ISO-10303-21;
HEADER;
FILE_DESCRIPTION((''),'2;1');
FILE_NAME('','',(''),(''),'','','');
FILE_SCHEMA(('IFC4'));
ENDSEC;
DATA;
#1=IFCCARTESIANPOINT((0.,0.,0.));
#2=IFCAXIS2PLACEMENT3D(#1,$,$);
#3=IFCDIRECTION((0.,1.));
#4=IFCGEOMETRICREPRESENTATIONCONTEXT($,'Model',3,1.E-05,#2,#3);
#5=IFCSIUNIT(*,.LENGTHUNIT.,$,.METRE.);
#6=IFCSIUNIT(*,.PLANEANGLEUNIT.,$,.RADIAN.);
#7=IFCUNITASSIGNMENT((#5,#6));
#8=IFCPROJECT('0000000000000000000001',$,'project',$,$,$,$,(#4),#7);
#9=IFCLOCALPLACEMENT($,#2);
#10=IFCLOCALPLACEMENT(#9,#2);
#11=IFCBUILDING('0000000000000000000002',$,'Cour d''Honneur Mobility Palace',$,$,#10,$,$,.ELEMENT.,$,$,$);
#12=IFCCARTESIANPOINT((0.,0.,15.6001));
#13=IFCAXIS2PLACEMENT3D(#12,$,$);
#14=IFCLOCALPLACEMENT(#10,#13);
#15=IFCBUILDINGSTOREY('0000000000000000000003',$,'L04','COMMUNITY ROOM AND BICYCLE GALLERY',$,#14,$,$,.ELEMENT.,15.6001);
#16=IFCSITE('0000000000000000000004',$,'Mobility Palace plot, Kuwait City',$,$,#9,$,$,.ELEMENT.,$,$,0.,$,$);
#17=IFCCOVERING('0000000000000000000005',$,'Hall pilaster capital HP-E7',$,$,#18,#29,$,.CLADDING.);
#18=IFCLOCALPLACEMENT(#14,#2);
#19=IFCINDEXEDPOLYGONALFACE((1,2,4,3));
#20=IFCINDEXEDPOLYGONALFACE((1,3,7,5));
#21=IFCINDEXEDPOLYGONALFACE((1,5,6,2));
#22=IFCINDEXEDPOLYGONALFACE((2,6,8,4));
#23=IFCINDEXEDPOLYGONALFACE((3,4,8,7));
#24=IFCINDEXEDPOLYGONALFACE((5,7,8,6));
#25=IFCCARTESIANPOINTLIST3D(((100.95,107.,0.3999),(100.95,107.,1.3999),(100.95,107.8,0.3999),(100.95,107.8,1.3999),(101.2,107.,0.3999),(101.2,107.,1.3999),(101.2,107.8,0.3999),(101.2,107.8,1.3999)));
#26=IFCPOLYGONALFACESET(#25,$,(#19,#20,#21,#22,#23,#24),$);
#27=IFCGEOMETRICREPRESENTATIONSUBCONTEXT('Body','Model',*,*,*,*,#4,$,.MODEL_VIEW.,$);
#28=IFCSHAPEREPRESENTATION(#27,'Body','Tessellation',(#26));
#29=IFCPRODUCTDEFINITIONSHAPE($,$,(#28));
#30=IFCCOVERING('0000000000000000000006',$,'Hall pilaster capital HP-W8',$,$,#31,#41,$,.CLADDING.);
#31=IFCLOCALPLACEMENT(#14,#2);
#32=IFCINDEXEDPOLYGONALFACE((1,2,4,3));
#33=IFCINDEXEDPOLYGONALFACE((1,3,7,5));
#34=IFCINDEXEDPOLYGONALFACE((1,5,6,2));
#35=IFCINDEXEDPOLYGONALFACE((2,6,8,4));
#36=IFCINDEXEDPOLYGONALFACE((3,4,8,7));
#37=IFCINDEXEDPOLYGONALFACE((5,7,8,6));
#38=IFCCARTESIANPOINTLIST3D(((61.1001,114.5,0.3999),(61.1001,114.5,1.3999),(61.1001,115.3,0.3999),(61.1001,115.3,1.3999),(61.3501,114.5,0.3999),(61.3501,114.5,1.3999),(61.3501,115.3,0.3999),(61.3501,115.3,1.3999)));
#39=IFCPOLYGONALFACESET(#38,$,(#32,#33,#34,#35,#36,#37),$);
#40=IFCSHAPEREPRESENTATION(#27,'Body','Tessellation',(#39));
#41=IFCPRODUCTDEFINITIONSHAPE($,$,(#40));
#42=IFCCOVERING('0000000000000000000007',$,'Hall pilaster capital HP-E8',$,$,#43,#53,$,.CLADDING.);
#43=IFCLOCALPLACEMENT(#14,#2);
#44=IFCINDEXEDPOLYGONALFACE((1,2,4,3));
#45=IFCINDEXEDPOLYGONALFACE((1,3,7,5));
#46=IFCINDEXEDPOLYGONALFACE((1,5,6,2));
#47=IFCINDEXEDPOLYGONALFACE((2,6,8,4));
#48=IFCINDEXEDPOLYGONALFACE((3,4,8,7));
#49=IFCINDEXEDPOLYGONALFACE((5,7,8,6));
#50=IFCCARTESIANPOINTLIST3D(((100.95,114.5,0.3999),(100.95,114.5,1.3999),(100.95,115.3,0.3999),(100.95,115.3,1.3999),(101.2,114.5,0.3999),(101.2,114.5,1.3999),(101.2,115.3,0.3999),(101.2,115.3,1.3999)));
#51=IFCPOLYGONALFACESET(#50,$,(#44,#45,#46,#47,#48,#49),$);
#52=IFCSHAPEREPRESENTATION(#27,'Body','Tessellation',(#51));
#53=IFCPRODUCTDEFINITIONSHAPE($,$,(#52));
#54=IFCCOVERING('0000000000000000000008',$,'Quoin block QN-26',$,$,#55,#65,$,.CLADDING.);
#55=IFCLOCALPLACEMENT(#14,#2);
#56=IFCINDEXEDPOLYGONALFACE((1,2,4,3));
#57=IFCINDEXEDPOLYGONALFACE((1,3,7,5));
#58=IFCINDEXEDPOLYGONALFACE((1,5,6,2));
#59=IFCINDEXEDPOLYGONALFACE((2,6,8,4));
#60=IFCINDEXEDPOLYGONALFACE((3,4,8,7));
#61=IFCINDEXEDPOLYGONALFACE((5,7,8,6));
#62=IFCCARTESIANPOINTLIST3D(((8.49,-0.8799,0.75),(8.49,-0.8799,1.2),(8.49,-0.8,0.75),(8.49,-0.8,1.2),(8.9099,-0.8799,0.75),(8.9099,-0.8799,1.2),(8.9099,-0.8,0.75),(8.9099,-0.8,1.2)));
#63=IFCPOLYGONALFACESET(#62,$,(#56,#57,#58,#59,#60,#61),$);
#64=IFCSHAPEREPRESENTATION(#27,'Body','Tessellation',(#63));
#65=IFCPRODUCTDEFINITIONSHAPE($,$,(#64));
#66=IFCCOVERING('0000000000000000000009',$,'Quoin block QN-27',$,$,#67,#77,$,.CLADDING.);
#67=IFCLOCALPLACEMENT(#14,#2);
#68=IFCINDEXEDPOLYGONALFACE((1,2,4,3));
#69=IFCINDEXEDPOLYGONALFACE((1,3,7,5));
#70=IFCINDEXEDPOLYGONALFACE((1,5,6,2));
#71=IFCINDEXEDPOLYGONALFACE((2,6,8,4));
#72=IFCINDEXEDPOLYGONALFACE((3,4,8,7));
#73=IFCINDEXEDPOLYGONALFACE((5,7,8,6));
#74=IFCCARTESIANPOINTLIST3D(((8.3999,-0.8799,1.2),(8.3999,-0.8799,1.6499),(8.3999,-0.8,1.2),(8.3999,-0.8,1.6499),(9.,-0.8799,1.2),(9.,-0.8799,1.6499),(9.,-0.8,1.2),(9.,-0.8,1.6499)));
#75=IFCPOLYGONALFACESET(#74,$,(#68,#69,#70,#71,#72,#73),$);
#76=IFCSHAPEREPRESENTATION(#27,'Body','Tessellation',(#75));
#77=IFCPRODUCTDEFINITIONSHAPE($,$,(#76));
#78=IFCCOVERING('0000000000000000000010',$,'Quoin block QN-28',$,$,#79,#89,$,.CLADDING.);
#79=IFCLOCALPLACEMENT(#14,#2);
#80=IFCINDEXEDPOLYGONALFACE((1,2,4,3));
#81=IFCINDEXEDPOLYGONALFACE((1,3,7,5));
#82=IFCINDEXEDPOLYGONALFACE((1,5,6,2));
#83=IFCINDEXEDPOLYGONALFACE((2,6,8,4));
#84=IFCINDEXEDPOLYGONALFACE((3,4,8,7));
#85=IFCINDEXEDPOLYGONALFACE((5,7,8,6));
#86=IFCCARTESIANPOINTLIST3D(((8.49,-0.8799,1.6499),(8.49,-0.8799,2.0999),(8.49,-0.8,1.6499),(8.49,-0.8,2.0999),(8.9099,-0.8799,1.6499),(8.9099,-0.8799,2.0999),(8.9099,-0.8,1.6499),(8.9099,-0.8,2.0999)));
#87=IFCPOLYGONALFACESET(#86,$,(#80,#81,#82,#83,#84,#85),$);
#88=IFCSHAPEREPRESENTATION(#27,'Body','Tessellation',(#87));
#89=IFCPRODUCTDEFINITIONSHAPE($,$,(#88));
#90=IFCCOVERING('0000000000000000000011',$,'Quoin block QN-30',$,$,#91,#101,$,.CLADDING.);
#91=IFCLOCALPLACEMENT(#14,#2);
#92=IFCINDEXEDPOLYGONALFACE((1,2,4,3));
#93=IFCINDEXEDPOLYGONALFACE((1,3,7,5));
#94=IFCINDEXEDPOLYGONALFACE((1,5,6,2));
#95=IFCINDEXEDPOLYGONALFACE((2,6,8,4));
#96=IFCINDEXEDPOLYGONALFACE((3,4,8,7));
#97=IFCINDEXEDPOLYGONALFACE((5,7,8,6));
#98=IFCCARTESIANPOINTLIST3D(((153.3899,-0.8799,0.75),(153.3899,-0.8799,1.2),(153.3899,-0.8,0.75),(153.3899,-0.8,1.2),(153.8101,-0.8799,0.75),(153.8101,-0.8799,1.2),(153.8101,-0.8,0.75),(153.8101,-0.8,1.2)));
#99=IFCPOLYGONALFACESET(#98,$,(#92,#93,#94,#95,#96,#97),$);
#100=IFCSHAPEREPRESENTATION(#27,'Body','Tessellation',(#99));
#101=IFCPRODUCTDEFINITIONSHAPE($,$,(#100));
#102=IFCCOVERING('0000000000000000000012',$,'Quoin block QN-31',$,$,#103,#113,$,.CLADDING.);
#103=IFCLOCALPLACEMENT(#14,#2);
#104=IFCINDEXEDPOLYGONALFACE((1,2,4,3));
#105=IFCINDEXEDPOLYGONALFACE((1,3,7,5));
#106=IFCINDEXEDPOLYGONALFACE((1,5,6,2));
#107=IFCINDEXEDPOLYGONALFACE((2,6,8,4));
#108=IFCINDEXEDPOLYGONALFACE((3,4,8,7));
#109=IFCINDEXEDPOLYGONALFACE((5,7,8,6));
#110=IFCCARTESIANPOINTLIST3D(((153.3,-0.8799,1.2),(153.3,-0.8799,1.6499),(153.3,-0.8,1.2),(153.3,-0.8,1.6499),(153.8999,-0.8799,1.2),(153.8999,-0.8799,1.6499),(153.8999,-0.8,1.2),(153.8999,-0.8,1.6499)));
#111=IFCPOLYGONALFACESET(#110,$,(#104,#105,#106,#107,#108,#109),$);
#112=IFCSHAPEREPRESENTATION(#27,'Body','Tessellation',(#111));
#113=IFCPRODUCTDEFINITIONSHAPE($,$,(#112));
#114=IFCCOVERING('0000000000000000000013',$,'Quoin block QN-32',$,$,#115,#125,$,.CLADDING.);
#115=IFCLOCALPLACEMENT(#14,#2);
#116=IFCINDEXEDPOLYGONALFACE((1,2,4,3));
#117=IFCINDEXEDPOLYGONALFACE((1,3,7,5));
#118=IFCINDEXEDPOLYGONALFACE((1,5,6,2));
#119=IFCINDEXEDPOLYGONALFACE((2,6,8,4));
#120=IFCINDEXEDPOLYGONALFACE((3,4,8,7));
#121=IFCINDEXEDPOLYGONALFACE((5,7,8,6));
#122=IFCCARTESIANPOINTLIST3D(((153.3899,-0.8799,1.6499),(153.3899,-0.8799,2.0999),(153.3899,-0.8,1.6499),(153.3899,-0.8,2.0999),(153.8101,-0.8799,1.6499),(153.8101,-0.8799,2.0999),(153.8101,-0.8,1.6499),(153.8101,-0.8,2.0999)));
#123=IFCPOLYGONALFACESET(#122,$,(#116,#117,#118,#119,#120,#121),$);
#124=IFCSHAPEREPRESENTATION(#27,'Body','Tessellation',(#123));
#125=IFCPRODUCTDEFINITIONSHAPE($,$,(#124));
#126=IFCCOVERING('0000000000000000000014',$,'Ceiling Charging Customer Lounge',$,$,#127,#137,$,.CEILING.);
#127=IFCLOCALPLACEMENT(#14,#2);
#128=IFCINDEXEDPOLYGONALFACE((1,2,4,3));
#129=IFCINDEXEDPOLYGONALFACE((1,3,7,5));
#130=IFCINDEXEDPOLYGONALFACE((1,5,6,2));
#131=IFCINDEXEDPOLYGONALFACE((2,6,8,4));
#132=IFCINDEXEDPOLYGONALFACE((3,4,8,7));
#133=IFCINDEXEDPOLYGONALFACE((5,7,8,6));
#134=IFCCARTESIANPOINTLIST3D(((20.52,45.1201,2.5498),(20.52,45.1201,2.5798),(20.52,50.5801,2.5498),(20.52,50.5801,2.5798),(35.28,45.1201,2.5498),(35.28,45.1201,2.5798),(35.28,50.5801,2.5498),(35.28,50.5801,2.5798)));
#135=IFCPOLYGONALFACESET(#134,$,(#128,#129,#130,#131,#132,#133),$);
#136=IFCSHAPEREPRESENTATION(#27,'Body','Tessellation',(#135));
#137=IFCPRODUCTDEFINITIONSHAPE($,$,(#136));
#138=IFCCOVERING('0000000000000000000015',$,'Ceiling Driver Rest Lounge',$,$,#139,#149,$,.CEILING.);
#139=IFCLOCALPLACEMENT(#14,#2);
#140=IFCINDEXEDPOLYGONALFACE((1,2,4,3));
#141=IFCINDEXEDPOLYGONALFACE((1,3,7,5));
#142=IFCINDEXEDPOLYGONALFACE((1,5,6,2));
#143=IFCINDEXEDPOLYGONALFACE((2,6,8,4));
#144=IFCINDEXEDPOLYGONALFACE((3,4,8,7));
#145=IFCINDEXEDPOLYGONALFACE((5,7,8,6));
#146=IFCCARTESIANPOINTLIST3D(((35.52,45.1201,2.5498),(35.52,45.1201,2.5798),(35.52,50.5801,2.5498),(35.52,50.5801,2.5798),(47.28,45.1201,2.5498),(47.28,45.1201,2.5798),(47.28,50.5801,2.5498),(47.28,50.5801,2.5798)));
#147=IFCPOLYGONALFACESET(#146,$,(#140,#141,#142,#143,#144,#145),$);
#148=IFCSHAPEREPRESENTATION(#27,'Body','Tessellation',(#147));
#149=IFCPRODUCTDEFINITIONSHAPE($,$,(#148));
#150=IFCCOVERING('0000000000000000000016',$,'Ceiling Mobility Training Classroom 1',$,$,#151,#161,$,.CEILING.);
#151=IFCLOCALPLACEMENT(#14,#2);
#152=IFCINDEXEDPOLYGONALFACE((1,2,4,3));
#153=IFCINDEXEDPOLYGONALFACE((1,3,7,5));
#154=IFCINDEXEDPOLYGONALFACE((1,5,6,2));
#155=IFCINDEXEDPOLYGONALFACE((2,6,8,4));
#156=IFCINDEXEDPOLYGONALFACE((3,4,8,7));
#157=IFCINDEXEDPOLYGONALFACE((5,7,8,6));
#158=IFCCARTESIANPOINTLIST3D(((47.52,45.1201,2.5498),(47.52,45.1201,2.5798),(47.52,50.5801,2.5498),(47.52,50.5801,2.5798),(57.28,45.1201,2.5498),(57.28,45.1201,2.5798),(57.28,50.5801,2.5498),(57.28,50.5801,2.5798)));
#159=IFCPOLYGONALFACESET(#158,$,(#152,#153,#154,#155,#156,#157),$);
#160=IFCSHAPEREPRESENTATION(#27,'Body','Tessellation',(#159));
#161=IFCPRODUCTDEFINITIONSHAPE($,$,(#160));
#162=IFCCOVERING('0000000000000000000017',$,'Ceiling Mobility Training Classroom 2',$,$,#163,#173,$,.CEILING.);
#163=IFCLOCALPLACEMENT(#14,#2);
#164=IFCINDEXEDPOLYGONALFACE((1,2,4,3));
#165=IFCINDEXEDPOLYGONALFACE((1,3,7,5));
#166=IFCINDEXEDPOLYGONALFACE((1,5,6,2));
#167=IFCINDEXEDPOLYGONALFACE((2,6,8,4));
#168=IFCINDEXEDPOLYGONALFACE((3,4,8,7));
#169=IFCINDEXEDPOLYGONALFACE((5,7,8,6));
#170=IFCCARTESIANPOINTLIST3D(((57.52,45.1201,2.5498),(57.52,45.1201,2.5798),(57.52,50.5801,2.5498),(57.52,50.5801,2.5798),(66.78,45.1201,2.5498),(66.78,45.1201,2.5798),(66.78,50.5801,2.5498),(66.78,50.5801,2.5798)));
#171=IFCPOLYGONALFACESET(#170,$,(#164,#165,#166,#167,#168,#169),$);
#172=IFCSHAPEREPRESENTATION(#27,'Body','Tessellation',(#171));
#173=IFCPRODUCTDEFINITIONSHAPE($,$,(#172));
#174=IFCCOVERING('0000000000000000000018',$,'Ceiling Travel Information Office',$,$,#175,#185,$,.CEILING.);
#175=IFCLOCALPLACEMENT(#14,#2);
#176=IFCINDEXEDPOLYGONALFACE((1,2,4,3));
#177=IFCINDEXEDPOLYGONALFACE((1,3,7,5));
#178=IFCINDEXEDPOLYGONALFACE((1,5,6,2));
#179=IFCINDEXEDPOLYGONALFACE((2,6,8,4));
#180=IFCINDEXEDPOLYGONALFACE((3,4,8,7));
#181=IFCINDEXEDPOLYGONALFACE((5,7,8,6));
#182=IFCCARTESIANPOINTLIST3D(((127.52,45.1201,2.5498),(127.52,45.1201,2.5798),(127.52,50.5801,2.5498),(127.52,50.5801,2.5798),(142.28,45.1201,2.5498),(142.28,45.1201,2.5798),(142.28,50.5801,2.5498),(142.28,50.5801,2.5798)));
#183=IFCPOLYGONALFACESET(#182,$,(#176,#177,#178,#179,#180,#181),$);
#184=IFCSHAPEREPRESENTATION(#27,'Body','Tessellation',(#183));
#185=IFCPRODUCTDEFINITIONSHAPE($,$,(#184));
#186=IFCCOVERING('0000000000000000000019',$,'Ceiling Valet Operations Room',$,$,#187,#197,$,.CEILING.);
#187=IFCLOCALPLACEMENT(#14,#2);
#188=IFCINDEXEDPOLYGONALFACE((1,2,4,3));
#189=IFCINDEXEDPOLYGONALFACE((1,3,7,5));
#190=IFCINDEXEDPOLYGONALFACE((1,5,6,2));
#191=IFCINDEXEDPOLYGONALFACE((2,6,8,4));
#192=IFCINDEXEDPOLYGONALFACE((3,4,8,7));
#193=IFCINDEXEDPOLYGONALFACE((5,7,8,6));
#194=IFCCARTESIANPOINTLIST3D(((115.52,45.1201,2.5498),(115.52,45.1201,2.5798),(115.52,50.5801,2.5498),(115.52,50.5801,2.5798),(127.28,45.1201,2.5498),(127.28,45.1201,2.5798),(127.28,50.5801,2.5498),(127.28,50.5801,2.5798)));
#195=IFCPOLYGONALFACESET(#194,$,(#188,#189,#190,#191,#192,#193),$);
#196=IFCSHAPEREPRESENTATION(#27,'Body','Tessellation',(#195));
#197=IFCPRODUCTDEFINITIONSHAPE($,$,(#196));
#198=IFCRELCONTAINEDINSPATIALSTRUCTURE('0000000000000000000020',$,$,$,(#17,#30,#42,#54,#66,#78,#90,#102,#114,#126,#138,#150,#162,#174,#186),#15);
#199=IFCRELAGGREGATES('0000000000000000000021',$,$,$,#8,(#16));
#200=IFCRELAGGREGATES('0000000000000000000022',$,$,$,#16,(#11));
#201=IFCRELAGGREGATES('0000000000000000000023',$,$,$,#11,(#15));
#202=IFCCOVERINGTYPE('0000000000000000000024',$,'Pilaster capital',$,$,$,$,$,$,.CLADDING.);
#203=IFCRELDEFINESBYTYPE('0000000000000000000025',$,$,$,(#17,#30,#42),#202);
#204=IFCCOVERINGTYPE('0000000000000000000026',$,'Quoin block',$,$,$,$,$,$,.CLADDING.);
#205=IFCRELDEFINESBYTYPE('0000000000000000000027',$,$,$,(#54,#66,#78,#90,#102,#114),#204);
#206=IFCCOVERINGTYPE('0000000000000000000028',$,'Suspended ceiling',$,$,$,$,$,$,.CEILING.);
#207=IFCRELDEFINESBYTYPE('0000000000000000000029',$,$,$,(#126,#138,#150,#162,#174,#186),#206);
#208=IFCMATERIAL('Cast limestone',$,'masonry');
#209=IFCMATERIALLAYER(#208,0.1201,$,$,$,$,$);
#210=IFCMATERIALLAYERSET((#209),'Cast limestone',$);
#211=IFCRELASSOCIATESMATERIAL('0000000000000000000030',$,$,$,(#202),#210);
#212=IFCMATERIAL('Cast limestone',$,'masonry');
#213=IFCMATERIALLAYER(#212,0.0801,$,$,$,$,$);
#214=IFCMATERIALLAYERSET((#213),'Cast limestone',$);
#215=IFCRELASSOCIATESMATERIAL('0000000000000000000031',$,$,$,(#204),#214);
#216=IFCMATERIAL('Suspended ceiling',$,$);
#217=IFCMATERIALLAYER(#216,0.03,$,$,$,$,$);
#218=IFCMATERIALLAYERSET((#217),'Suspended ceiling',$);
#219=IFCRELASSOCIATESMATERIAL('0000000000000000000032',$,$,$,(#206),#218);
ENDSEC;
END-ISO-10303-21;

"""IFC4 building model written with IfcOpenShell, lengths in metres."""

from ifc_helpers import new_model, si_unit, direction, frame, origin, place, context, subcontext, project, spatial, polyline, outline, extrude, material, layer, layer_set, type_object, element, save


model = new_model("IFC4")

# Units and contexts
model_context = context("Model", 3, precision=1e-05, world=origin(), true_north=direction((0.0, 1.0)))
body_context = subcontext(model_context, "Body", "Model", "MODEL_VIEW")
ifc_project = project(units=[si_unit("LENGTHUNIT", "METRE"), si_unit("PLANEANGLEUNIT", "RADIAN")], contexts=[model_context])

# Site, building, storey
site_placement = place(None, origin())
site = spatial("IfcSite", under=ifc_project, at=site_placement, Name="Mobility Palace plot, Kuwait City", CompositionType="ELEMENT", RefElevation=0.0)
building_placement = place(site_placement, origin())
building = spatial("IfcBuilding", under=site, at=building_placement, Name="Cour d'Honneur Mobility Palace", CompositionType="ELEMENT")
storey_placement = place(building_placement, frame((0.0, 0.0, 15.6001)))
storey = spatial("IfcBuildingStorey", under=building, at=storey_placement, Name="L04", Description="COMMUNITY ROOM AND BICYCLE GALLERY", CompositionType="ELEMENT", Elevation=15.6001)

# Coverings
ifc_material_1 = material(Name="Cast limestone", Category="masonry")
ifc_layer_1 = layer(ifc_material_1, 0.1201)
ifc_layer_set_1 = layer_set([ifc_layer_1], Name="Cast limestone")
covering_type_1 = type_object("IfcCoveringType", Name="Pilaster capital", PredefinedType="CLADDING", material=ifc_layer_set_1)
covering_1_placement = place(storey_placement, frame((0.0, 0.0, 0.3999)))
element("IfcCovering", 1, at=covering_1_placement, inside=storey, type_object=covering_type_1, Name="Hall pilaster capital HP-E7", PredefinedType="CLADDING", context=body_context, shape_type="SweptSolid", body=[
    extrude(outline(polyline([(100.95, 107.0), (101.2, 107.0), (101.2, 107.8), (100.95, 107.8), (100.95, 107.0)])), origin(), (0.0, 0.0, 1.0), 1.0),
])
covering_2_placement = place(storey_placement, frame((0.0, 0.0, 0.3999)))
element("IfcCovering", 2, at=covering_2_placement, inside=storey, type_object=covering_type_1, Name="Hall pilaster capital HP-W8", PredefinedType="CLADDING", context=body_context, shape_type="SweptSolid", body=[
    extrude(outline(polyline([(61.1001, 114.5), (61.3501, 114.5), (61.3501, 115.3), (61.1001, 115.3), (61.1001, 114.5)])), origin(), (0.0, 0.0, 1.0), 1.0),
])
covering_3_placement = place(storey_placement, frame((0.0, 0.0, 0.3999)))
element("IfcCovering", 3, at=covering_3_placement, inside=storey, type_object=covering_type_1, Name="Hall pilaster capital HP-E8", PredefinedType="CLADDING", context=body_context, shape_type="SweptSolid", body=[
    extrude(outline(polyline([(100.95, 114.5), (101.2, 114.5), (101.2, 115.3), (100.95, 115.3), (100.95, 114.5)])), origin(), (0.0, 0.0, 1.0), 1.0),
])
ifc_material_2 = material(Name="Cast limestone", Category="masonry")
ifc_layer_2 = layer(ifc_material_2, 0.0801)
ifc_layer_set_2 = layer_set([ifc_layer_2], Name="Cast limestone")
covering_type_2 = type_object("IfcCoveringType", Name="Quoin block", PredefinedType="CLADDING", material=ifc_layer_set_2)
covering_4_placement = place(storey_placement, frame((0.0, 0.0, 0.75)))
element("IfcCovering", 4, at=covering_4_placement, inside=storey, type_object=covering_type_2, Name="Quoin block QN-26", PredefinedType="CLADDING", context=body_context, shape_type="SweptSolid", body=[
    extrude(outline(polyline([(8.49, -0.8), (8.9099, -0.8), (8.9099, -0.8799), (8.49, -0.8799), (8.49, -0.8)])), origin(), (0.0, 0.0, 1.0), 0.45),
])
covering_5_placement = place(storey_placement, frame((0.0, 0.0, 1.2)))
element("IfcCovering", 5, at=covering_5_placement, inside=storey, type_object=covering_type_2, Name="Quoin block QN-27", PredefinedType="CLADDING", context=body_context, shape_type="SweptSolid", body=[
    extrude(outline(polyline([(8.3999, -0.8), (9.0, -0.8), (9.0, -0.8799), (8.3999, -0.8799), (8.3999, -0.8)])), origin(), (0.0, 0.0, 1.0), 0.45),
])
covering_6_placement = place(storey_placement, frame((0.0, 0.0, 1.6499)))
element("IfcCovering", 6, at=covering_6_placement, inside=storey, type_object=covering_type_2, Name="Quoin block QN-28", PredefinedType="CLADDING", context=body_context, shape_type="SweptSolid", body=[
    extrude(outline(polyline([(8.49, -0.8), (8.9099, -0.8), (8.9099, -0.8799), (8.49, -0.8799), (8.49, -0.8)])), origin(), (0.0, 0.0, 1.0), 0.45),
])
covering_7_placement = place(storey_placement, frame((0.0, 0.0, 0.75)))
element("IfcCovering", 7, at=covering_7_placement, inside=storey, type_object=covering_type_2, Name="Quoin block QN-30", PredefinedType="CLADDING", context=body_context, shape_type="SweptSolid", body=[
    extrude(outline(polyline([(153.3899, -0.8), (153.8101, -0.8), (153.8101, -0.8799), (153.3899, -0.8799), (153.3899, -0.8)])), origin(), (0.0, 0.0, 1.0), 0.45),
])
covering_8_placement = place(storey_placement, frame((0.0, 0.0, 1.2)))
element("IfcCovering", 8, at=covering_8_placement, inside=storey, type_object=covering_type_2, Name="Quoin block QN-31", PredefinedType="CLADDING", context=body_context, shape_type="SweptSolid", body=[
    extrude(outline(polyline([(153.3, -0.8), (153.8999, -0.8), (153.8999, -0.8799), (153.3, -0.8799), (153.3, -0.8)])), origin(), (0.0, 0.0, 1.0), 0.45),
])
covering_9_placement = place(storey_placement, frame((0.0, 0.0, 1.6499)))
element("IfcCovering", 9, at=covering_9_placement, inside=storey, type_object=covering_type_2, Name="Quoin block QN-32", PredefinedType="CLADDING", context=body_context, shape_type="SweptSolid", body=[
    extrude(outline(polyline([(153.3899, -0.8), (153.8101, -0.8), (153.8101, -0.8799), (153.3899, -0.8799), (153.3899, -0.8)])), origin(), (0.0, 0.0, 1.0), 0.45),
])
ifc_material_3 = material(Name="Suspended ceiling")
ifc_layer_3 = layer(ifc_material_3, 0.03)
ifc_layer_set_3 = layer_set([ifc_layer_3], Name="Suspended ceiling")
covering_type_3 = type_object("IfcCoveringType", Name="Suspended ceiling", PredefinedType="CEILING", material=ifc_layer_set_3)
covering_10_placement = place(storey_placement, frame((0.0, 0.0, 2.5498)))
element("IfcCovering", 10, at=covering_10_placement, inside=storey, type_object=covering_type_3, Name="Ceiling Charging Customer Lounge", PredefinedType="CEILING", context=body_context, shape_type="SweptSolid", body=[
    extrude(outline(polyline([(35.28, 45.1201), (20.52, 45.1201), (20.52, 50.5801), (35.28, 50.5801), (35.28, 45.1201)])), origin(), (0.0, 0.0, 1.0), 0.03),
])
covering_11_placement = place(storey_placement, frame((0.0, 0.0, 2.5498)))
element("IfcCovering", 11, at=covering_11_placement, inside=storey, type_object=covering_type_3, Name="Ceiling Driver Rest Lounge", PredefinedType="CEILING", context=body_context, shape_type="SweptSolid", body=[
    extrude(outline(polyline([(47.28, 45.1201), (35.52, 45.1201), (35.52, 50.5801), (47.28, 50.5801), (47.28, 45.1201)])), origin(), (0.0, 0.0, 1.0), 0.03),
])
covering_12_placement = place(storey_placement, frame((0.0, 0.0, 2.5498)))
element("IfcCovering", 12, at=covering_12_placement, inside=storey, type_object=covering_type_3, Name="Ceiling Mobility Training Classroom 1", PredefinedType="CEILING", context=body_context, shape_type="SweptSolid", body=[
    extrude(outline(polyline([(57.28, 45.1201), (47.52, 45.1201), (47.52, 50.5801), (57.28, 50.5801), (57.28, 45.1201)])), origin(), (0.0, 0.0, 1.0), 0.03),
])
covering_13_placement = place(storey_placement, frame((0.0, 0.0, 2.5498)))
element("IfcCovering", 13, at=covering_13_placement, inside=storey, type_object=covering_type_3, Name="Ceiling Mobility Training Classroom 2", PredefinedType="CEILING", context=body_context, shape_type="SweptSolid", body=[
    extrude(outline(polyline([(66.78, 45.1201), (57.52, 45.1201), (57.52, 50.5801), (66.78, 50.5801), (66.78, 45.1201)])), origin(), (0.0, 0.0, 1.0), 0.03),
])
covering_14_placement = place(storey_placement, frame((0.0, 0.0, 2.5498)))
element("IfcCovering", 14, at=covering_14_placement, inside=storey, type_object=covering_type_3, Name="Ceiling Travel Information Office", PredefinedType="CEILING", context=body_context, shape_type="SweptSolid", body=[
    extrude(outline(polyline([(142.28, 45.1201), (127.52, 45.1201), (127.52, 50.5801), (142.28, 50.5801), (142.28, 45.1201)])), origin(), (0.0, 0.0, 1.0), 0.03),
])
covering_15_placement = place(storey_placement, frame((0.0, 0.0, 2.5498)))
element("IfcCovering", 15, at=covering_15_placement, inside=storey, type_object=covering_type_3, Name="Ceiling Valet Operations Room", PredefinedType="CEILING", context=body_context, shape_type="SweptSolid", body=[
    extrude(outline(polyline([(127.28, 45.1201), (115.52, 45.1201), (115.52, 50.5801), (127.28, 50.5801), (127.28, 45.1201)])), origin(), (0.0, 0.0, 1.0), 0.03),
])

save(model, "model.ifc")
